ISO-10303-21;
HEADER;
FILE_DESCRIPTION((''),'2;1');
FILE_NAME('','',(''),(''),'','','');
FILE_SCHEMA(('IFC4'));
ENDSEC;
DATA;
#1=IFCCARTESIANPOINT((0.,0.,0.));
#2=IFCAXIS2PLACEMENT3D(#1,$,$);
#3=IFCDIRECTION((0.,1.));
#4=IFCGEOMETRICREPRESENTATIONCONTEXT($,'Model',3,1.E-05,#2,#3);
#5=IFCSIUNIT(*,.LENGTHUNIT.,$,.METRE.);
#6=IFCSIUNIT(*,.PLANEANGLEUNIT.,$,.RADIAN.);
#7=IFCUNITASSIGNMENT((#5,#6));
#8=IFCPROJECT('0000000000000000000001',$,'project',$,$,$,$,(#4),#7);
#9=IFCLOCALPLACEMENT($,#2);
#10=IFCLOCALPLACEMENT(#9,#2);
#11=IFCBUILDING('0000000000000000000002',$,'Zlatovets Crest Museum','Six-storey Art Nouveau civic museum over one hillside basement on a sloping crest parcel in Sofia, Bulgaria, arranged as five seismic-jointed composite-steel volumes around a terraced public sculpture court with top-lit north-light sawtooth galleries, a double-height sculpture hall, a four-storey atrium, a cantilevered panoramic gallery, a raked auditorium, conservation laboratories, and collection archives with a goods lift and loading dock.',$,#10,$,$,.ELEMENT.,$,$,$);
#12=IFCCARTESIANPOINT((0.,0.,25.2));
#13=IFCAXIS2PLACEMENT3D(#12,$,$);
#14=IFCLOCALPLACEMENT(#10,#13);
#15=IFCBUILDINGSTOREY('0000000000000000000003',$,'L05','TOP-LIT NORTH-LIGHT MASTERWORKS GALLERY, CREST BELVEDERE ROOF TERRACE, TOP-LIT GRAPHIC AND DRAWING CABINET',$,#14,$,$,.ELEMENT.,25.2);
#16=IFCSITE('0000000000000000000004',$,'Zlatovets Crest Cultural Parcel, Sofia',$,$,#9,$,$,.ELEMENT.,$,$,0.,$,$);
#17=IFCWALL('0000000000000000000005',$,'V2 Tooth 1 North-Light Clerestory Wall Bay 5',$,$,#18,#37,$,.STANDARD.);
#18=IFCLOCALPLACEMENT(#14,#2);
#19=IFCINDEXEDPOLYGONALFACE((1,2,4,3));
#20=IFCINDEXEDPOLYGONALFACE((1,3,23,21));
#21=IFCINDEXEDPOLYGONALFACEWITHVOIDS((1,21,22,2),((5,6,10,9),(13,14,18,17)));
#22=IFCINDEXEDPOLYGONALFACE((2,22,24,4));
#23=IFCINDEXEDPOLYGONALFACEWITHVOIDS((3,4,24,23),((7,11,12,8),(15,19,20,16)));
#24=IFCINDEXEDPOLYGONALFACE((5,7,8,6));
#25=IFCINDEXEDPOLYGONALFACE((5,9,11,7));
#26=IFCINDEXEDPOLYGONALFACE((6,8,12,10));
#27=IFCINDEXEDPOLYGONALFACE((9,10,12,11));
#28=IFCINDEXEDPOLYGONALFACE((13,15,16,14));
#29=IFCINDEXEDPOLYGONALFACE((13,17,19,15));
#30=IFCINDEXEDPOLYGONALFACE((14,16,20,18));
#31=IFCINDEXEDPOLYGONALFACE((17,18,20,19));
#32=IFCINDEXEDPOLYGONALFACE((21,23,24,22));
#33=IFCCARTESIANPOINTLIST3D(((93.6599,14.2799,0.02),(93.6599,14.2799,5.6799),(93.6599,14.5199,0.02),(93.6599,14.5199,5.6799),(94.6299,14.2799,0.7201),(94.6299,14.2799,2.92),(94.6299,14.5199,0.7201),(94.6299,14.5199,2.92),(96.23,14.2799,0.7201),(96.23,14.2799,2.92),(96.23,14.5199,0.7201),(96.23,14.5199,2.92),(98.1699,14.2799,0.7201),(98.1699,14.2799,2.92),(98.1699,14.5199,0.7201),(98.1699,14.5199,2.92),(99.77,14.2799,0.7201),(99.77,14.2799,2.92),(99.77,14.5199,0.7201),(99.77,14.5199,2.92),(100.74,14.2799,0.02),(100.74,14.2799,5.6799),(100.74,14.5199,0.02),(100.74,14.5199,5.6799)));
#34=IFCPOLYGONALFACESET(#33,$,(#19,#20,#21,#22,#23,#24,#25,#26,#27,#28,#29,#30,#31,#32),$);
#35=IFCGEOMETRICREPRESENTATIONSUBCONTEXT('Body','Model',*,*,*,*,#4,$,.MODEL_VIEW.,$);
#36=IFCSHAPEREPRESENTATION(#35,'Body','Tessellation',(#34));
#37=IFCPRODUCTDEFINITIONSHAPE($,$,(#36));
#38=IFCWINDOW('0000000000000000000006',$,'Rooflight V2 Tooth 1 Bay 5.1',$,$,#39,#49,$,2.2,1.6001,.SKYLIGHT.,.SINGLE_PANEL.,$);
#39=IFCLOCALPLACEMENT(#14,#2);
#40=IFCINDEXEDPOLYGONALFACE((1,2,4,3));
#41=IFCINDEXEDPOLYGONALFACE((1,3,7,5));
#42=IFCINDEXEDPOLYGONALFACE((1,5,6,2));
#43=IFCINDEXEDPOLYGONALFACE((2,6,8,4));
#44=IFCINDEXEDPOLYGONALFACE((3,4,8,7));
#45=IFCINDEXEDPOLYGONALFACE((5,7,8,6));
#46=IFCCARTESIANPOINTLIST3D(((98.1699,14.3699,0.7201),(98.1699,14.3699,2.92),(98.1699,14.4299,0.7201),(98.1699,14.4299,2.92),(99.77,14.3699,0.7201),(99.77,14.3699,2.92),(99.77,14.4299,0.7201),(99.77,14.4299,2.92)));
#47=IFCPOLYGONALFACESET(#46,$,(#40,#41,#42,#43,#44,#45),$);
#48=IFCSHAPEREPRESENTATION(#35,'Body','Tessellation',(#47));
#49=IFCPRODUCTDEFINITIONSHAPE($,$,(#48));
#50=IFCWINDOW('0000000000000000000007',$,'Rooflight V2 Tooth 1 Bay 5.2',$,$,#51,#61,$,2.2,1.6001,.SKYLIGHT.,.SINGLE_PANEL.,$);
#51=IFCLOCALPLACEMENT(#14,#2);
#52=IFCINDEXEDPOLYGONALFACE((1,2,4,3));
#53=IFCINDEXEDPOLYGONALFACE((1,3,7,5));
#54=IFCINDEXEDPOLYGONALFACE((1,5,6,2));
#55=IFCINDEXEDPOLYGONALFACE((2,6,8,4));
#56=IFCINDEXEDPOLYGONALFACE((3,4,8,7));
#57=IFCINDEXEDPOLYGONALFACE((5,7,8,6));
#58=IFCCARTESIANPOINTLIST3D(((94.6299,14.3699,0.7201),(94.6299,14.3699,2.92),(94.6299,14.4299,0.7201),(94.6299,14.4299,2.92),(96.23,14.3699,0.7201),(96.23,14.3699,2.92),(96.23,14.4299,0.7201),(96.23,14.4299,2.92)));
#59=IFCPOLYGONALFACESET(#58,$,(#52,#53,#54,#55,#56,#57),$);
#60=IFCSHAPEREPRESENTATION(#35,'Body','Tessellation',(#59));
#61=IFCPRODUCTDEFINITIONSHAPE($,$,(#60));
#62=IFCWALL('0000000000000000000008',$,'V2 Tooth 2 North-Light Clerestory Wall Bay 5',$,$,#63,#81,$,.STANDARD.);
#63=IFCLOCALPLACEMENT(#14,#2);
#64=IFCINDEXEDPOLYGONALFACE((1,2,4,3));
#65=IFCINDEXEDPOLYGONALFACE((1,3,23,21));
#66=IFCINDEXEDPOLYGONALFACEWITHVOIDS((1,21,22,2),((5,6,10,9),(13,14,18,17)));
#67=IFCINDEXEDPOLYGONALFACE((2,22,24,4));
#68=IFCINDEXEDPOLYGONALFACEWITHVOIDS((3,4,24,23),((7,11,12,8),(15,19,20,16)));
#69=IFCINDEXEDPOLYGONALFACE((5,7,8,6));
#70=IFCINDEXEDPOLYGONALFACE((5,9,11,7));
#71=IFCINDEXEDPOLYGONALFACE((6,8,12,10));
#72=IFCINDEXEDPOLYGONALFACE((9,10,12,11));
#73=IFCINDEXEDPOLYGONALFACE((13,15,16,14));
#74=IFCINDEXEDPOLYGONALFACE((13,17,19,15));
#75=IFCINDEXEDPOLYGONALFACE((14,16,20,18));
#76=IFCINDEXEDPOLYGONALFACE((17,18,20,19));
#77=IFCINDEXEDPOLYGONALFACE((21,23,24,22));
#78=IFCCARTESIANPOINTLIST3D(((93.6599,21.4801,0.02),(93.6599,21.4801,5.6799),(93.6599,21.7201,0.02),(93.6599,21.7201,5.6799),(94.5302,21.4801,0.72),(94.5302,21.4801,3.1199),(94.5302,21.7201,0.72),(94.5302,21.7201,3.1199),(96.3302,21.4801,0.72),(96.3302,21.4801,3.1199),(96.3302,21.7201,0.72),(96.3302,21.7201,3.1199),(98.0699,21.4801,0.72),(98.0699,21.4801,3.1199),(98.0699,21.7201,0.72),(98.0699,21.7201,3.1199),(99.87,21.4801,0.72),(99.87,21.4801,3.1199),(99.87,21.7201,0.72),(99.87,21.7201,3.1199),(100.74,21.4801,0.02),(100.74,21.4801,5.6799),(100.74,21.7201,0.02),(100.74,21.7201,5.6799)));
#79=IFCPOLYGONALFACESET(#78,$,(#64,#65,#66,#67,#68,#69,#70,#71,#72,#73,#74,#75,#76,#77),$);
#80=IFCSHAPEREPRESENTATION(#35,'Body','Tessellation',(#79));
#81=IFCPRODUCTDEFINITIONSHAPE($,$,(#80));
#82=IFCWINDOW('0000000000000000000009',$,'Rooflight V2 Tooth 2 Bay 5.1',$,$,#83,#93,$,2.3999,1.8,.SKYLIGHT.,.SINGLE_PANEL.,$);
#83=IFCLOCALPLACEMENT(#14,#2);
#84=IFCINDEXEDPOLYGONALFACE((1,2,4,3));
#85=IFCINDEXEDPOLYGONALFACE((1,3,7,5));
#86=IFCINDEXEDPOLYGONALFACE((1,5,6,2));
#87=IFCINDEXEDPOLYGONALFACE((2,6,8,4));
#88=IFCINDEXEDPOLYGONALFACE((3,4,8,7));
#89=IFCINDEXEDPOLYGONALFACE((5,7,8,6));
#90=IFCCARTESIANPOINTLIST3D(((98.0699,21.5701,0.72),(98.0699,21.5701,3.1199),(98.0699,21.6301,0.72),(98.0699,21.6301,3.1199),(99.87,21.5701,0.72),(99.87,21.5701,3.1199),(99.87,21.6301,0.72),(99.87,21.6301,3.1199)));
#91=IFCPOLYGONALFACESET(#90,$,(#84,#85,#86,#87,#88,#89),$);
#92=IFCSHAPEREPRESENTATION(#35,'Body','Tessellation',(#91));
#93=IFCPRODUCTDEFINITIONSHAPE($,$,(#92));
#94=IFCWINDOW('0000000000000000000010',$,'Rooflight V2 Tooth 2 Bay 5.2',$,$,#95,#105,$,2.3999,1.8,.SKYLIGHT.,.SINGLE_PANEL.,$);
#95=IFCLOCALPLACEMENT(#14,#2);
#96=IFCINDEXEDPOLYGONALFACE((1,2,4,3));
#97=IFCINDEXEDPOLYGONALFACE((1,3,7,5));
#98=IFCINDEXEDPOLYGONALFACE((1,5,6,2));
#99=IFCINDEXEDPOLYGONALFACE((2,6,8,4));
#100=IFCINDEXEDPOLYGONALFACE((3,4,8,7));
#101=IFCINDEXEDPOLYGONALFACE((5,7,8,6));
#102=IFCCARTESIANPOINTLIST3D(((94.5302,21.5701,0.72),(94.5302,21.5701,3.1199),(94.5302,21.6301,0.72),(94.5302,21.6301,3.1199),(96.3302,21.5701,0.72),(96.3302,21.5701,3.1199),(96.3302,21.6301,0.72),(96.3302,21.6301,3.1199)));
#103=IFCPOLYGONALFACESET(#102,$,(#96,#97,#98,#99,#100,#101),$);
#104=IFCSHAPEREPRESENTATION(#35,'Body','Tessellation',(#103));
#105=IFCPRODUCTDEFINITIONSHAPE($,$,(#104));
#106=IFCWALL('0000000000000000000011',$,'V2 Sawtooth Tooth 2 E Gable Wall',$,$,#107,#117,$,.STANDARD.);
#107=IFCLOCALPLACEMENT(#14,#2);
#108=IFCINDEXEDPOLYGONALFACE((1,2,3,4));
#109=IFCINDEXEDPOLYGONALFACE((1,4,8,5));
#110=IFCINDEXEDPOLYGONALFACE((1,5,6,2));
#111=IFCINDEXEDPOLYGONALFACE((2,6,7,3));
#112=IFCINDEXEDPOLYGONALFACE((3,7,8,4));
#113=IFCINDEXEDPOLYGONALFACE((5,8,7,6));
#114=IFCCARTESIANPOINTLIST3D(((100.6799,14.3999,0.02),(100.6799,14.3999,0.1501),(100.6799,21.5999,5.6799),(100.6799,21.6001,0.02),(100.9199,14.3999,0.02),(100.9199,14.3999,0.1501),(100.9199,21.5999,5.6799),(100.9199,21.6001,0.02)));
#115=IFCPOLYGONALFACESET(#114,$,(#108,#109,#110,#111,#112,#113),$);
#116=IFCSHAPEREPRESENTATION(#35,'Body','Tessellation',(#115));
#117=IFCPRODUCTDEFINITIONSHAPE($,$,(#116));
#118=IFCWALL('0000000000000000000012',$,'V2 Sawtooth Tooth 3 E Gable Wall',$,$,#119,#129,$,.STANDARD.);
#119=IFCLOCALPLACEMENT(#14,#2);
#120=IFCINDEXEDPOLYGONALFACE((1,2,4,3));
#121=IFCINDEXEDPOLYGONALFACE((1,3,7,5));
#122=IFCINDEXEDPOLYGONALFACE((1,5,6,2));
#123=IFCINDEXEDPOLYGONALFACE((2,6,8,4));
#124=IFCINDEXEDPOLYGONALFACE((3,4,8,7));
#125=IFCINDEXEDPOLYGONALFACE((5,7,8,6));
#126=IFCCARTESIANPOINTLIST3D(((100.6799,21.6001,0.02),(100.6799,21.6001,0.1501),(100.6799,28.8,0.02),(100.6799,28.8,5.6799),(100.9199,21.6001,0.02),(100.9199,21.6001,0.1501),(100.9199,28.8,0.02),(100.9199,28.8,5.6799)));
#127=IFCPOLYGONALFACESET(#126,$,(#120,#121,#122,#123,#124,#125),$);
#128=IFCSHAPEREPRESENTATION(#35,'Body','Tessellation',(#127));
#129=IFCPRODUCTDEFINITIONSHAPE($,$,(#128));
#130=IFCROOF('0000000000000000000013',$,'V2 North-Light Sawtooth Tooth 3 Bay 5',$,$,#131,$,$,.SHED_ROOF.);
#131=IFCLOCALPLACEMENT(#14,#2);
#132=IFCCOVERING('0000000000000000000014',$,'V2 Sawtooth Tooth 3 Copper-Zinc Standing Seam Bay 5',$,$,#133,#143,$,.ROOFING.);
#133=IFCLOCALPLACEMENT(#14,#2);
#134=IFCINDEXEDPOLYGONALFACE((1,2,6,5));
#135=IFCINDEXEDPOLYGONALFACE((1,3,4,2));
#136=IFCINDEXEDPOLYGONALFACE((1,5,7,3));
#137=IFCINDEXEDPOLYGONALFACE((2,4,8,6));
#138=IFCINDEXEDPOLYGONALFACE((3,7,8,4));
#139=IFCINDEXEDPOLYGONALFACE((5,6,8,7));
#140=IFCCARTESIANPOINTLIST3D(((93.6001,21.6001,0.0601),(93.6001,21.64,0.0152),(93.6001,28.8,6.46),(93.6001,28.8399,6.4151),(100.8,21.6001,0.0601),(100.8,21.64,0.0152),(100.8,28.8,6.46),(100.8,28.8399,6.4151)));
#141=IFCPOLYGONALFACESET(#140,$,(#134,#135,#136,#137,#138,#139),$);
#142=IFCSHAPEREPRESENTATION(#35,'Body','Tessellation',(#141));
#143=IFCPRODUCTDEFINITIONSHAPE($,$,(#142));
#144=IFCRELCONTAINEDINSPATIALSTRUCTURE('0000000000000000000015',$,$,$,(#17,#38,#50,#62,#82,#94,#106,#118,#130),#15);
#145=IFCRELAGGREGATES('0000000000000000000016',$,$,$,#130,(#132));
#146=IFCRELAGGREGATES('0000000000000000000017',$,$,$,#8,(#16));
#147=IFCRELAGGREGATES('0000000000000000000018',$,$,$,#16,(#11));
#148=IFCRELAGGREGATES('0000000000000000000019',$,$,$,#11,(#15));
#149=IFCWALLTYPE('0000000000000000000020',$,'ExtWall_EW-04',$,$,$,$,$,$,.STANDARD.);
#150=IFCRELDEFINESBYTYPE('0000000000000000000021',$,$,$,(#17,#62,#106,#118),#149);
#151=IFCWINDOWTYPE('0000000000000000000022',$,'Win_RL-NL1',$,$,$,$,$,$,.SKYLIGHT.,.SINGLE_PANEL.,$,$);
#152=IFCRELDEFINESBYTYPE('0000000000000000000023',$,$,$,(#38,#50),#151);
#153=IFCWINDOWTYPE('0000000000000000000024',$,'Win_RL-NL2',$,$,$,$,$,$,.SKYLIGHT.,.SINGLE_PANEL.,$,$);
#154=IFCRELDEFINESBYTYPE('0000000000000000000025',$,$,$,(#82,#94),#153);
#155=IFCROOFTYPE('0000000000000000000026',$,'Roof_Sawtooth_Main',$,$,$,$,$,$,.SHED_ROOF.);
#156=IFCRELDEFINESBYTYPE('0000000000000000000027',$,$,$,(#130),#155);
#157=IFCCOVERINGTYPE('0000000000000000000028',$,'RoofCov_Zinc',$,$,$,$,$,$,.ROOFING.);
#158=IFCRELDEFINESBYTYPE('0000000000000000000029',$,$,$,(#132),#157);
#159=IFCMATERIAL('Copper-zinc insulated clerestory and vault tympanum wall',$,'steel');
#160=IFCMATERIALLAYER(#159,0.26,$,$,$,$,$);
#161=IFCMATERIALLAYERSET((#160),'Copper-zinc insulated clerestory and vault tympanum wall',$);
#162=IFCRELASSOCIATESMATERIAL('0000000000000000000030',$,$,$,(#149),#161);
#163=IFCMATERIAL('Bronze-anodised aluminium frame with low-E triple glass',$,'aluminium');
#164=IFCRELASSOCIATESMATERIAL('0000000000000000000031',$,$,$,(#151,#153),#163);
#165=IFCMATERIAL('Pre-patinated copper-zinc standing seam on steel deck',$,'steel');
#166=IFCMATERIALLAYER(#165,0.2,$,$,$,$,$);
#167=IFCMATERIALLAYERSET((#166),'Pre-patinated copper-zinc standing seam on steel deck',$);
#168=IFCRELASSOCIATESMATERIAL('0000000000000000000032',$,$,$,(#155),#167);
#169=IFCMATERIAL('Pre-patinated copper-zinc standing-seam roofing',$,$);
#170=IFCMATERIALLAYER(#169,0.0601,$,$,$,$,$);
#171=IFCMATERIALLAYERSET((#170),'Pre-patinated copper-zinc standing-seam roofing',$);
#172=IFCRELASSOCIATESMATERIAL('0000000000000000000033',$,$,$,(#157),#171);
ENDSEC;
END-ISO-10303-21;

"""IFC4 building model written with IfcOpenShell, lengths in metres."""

from ifc_helpers import new_model, si_unit, direction, frame, frame_2d, origin, place, context, subcontext, project, spatial, polyline, rectangle, outline, extrude, material, layer, layer_set, type_object, element, fill, aggregate, save


model = new_model("IFC4")

# Units and contexts
model_context = context("Model", 3, precision=1e-05, world=origin(), true_north=direction((0.0, 1.0)))
body_context = subcontext(model_context, "Body", "Model", "MODEL_VIEW")
ifc_project = project(units=[si_unit("LENGTHUNIT", "METRE"), si_unit("PLANEANGLEUNIT", "RADIAN")], contexts=[model_context])

# Site, building, storey
site_placement = place(None, origin())
site = spatial("IfcSite", under=ifc_project, at=site_placement, Name="Zlatovets Crest Cultural Parcel, Sofia", CompositionType="ELEMENT", RefElevation=0.0)
building_placement = place(site_placement, origin())
building = spatial("IfcBuilding", under=site, at=building_placement, Name="Zlatovets Crest Museum", Description="Six-storey Art Nouveau civic museum over one hillside basement on a sloping crest parcel in Sofia, Bulgaria, arranged as five seismic-jointed composite-steel volumes around a terraced public sculpture court with top-lit north-light sawtooth galleries, a double-height sculpture hall, a four-storey atrium, a cantilevered panoramic gallery, a raked auditorium, conservation laboratories, and collection archives with a goods lift and loading dock.", CompositionType="ELEMENT")
storey_placement = place(building_placement, frame((0.0, 0.0, 25.2)))
storey = spatial("IfcBuildingStorey", under=building, at=storey_placement, Name="L05", Description="TOP-LIT NORTH-LIGHT MASTERWORKS GALLERY, CREST BELVEDERE ROOF TERRACE, TOP-LIT GRAPHIC AND DRAWING CABINET", CompositionType="ELEMENT", Elevation=25.2)

# Walls, openings, windows
ifc_material_1 = material(Name="Copper-zinc insulated clerestory and vault tympanum wall", Category="steel")
ifc_layer_1 = layer(ifc_material_1, 0.26)
ifc_layer_set_1 = layer_set([ifc_layer_1], Name="Copper-zinc insulated clerestory and vault tympanum wall")
wall_type = type_object("IfcWallType", Name="ExtWall_EW-04", PredefinedType="STANDARD", material=ifc_layer_set_1)
wall_1_placement = place(storey_placement, frame((100.74, 14.3999, 0.02), z_axis=(0.0, 0.0, 1.0), x_axis=(-1.0, 0.0, 0.0)))
wall_1 = element("IfcWall", 1, at=wall_1_placement, inside=storey, type_object=wall_type, Name="V2 Tooth 1 North-Light Clerestory Wall Bay 5", PredefinedType="STANDARD", context=body_context, shape_type="SweptSolid", body=[
    extrude(rectangle(XDim=7.0801, YDim=0.24, at=frame_2d((3.54, 0.0))), origin(), (0.0, 0.0, 1.0), 5.6599),
])
opening_1_placement = place(wall_1_placement, frame((0.97, 0.0, 0.7)))
opening_1 = element("IfcOpeningElement", 2, at=opening_1_placement, cuts=wall_1, PredefinedType="OPENING", context=body_context, shape_type="SweptSolid", body=[
    extrude(rectangle(XDim=1.6001, YDim=2.2, at=frame_2d((0.8, 1.1001))), frame((0.0, 0.1299, 0.0), z_axis=(0.0, -1.0, 0.0), x_axis=(1.0, 0.0, 0.0)), (0.0, 0.0, 1.0), 0.26),
])
opening_2_placement = place(wall_1_placement, frame((4.51, 0.0, 0.7)))
opening_2 = element("IfcOpeningElement", 3, at=opening_2_placement, cuts=wall_1, PredefinedType="OPENING", context=body_context, shape_type="SweptSolid", body=[
    extrude(rectangle(XDim=1.6001, YDim=2.2, at=frame_2d((0.8, 1.1001))), frame((0.0, 0.1299, 0.0), z_axis=(0.0, -1.0, 0.0), x_axis=(1.0, 0.0, 0.0)), (0.0, 0.0, 1.0), 0.26),
])
ifc_material_2 = material(Name="Bronze-anodised aluminium frame with low-E triple glass", Category="aluminium")
window_type_1 = type_object("IfcWindowType", Name="Win_RL-NL1", PartitioningType="SINGLE_PANEL", PredefinedType="SKYLIGHT", material=ifc_material_2)
window_1_placement = place(opening_1_placement, origin())
window_1 = element("IfcWindow", 4, at=window_1_placement, inside=storey, type_object=window_type_1, Name="Rooflight V2 Tooth 1 Bay 5.1", OverallHeight=2.2, OverallWidth=1.6001, PartitioningType="SINGLE_PANEL", PredefinedType="SKYLIGHT", context=body_context, shape_type="SweptSolid", body=[
    extrude(rectangle(XDim=1.6001, YDim=2.2, at=frame_2d((0.8, 1.1001))), frame((0.0, 0.03, 0.0), z_axis=(0.0, -1.0, 0.0), x_axis=(1.0, 0.0, 0.0)), (0.0, 0.0, 1.0), 0.0601),
])
fill(opening_1, window_1)
window_2_placement = place(opening_2_placement, origin())
window_2 = element("IfcWindow", 5, at=window_2_placement, inside=storey, type_object=window_type_1, Name="Rooflight V2 Tooth 1 Bay 5.2", OverallHeight=2.2, OverallWidth=1.6001, PartitioningType="SINGLE_PANEL", PredefinedType="SKYLIGHT", context=body_context, shape_type="SweptSolid", body=[
    extrude(rectangle(XDim=1.6001, YDim=2.2, at=frame_2d((0.8, 1.1001))), frame((0.0, 0.03, 0.0), z_axis=(0.0, -1.0, 0.0), x_axis=(1.0, 0.0, 0.0)), (0.0, 0.0, 1.0), 0.0601),
])
fill(opening_2, window_2)
wall_2_placement = place(storey_placement, frame((100.74, 21.6001, 0.02), z_axis=(0.0, 0.0, 1.0), x_axis=(-1.0, 0.0, 0.0)))
wall_2 = element("IfcWall", 6, at=wall_2_placement, inside=storey, type_object=wall_type, Name="V2 Tooth 2 North-Light Clerestory Wall Bay 5", PredefinedType="STANDARD", context=body_context, shape_type="SweptSolid", body=[
    extrude(rectangle(XDim=7.0801, YDim=0.24, at=frame_2d((3.54, 0.0))), origin(), (0.0, 0.0, 1.0), 5.6599),
])
opening_3_placement = place(wall_2_placement, frame((0.8701, 0.0, 0.7)))
opening_3 = element("IfcOpeningElement", 7, at=opening_3_placement, cuts=wall_2, PredefinedType="OPENING", context=body_context, shape_type="SweptSolid", body=[
    extrude(rectangle(XDim=1.8, YDim=2.3999, at=frame_2d((0.8999, 1.2))), frame((0.0, 0.1299, 0.0), z_axis=(0.0, -1.0, 0.0), x_axis=(1.0, 0.0, 0.0)), (0.0, 0.0, 1.0), 0.26),
])
opening_4_placement = place(wall_2_placement, frame((4.4099, 0.0, 0.7)))
opening_4 = element("IfcOpeningElement", 8, at=opening_4_placement, cuts=wall_2, PredefinedType="OPENING", context=body_context, shape_type="SweptSolid", body=[
    extrude(rectangle(XDim=1.8, YDim=2.3999, at=frame_2d((0.8999, 1.2))), frame((0.0, 0.1299, 0.0), z_axis=(0.0, -1.0, 0.0), x_axis=(1.0, 0.0, 0.0)), (0.0, 0.0, 1.0), 0.26),
])
window_type_2 = type_object("IfcWindowType", Name="Win_RL-NL2", PartitioningType="SINGLE_PANEL", PredefinedType="SKYLIGHT", material=ifc_material_2)
window_3_placement = place(opening_3_placement, origin())
window_3 = element("IfcWindow", 9, at=window_3_placement, inside=storey, type_object=window_type_2, Name="Rooflight V2 Tooth 2 Bay 5.1", OverallHeight=2.3999, OverallWidth=1.8, PartitioningType="SINGLE_PANEL", PredefinedType="SKYLIGHT", context=body_context, shape_type="SweptSolid", body=[
    extrude(rectangle(XDim=1.8, YDim=2.3999, at=frame_2d((0.8999, 1.2))), frame((0.0, 0.03, 0.0), z_axis=(0.0, -1.0, 0.0), x_axis=(1.0, 0.0, 0.0)), (0.0, 0.0, 1.0), 0.0601),
])
fill(opening_3, window_3)
window_4_placement = place(opening_4_placement, origin())
window_4 = element("IfcWindow", 10, at=window_4_placement, inside=storey, type_object=window_type_2, Name="Rooflight V2 Tooth 2 Bay 5.2", OverallHeight=2.3999, OverallWidth=1.8, PartitioningType="SINGLE_PANEL", PredefinedType="SKYLIGHT", context=body_context, shape_type="SweptSolid", body=[
    extrude(rectangle(XDim=1.8, YDim=2.3999, at=frame_2d((0.8999, 1.2))), frame((0.0, 0.03, 0.0), z_axis=(0.0, -1.0, 0.0), x_axis=(1.0, 0.0, 0.0)), (0.0, 0.0, 1.0), 0.0601),
])
fill(opening_4, window_4)

# Walls
wall_3_placement = place(storey_placement, frame((100.8, 14.3999, 0.02), z_axis=(0.0, 0.0, 1.0), x_axis=(0.0, 1.0, 0.0)))
element("IfcWall", 11, at=wall_3_placement, inside=storey, type_object=wall_type, Name="V2 Sawtooth Tooth 2 E Gable Wall", PredefinedType="STANDARD", context=body_context, shape_type="SweptSolid", body=[
    extrude(outline(polyline([(0.0, 0.0), (7.2002, 0.0), (7.2, 5.6599), (0.0, 0.1301), (0.0, 0.0)])), frame((0.0, 0.1201, 0.0), z_axis=(0.0, -1.0, 0.0), x_axis=(1.0, 0.0, 0.0)), (0.0, 0.0, 1.0), 0.24),
])
wall_4_placement = place(storey_placement, frame((100.8, 21.6001, 0.02), z_axis=(0.0, 0.0, 1.0), x_axis=(0.0, 1.0, 0.0)))
element("IfcWall", 12, at=wall_4_placement, inside=storey, type_object=wall_type, Name="V2 Sawtooth Tooth 3 E Gable Wall", PredefinedType="STANDARD", context=body_context, shape_type="SweptSolid", body=[
    extrude(outline(polyline([(0.0, 0.0), (7.2, 0.0), (7.2, 5.6599), (0.0, 0.1301), (0.0, 0.0)])), frame((0.0, 0.1201, 0.0), z_axis=(0.0, -1.0, 0.0), x_axis=(1.0, 0.0, 0.0)), (0.0, 0.0, 1.0), 0.24),
])

# Roof, covering
ifc_material_3 = material(Name="Pre-patinated copper-zinc standing seam on steel deck", Category="steel")
ifc_layer_2 = layer(ifc_material_3, 0.2)
ifc_layer_set_2 = layer_set([ifc_layer_2], Name="Pre-patinated copper-zinc standing seam on steel deck")
roof_type = type_object("IfcRoofType", Name="Roof_Sawtooth_Main", PredefinedType="SHED_ROOF", material=ifc_layer_set_2)
roof_placement = place(storey_placement, origin())
roof = element("IfcRoof", 13, at=roof_placement, inside=storey, type_object=roof_type, Name="V2 North-Light Sawtooth Tooth 3 Bay 5", PredefinedType="SHED_ROOF")
ifc_material_4 = material(Name="Pre-patinated copper-zinc standing-seam roofing")
ifc_layer_3 = layer(ifc_material_4, 0.0601)
ifc_layer_set_3 = layer_set([ifc_layer_3], Name="Pre-patinated copper-zinc standing-seam roofing")
covering_type = type_object("IfcCoveringType", Name="RoofCov_Zinc", PredefinedType="ROOFING", material=ifc_layer_set_3)
covering_placement = place(storey_placement, frame((93.6001, 21.6001, 0.0601), z_axis=(0.0, -0.664361, 0.747412), x_axis=(1.0, 0.0, 0.0)))
covering = element("IfcCovering", 14, at=covering_placement, type_object=covering_type, Name="V2 Sawtooth Tooth 3 Copper-Zinc Standing Seam Bay 5", PredefinedType="ROOFING", context=body_context, shape_type="SweptSolid", body=[
    extrude(outline(polyline([(0.0, 0.0), (7.2, 0.0), (7.2, 9.6332), (0.0, 9.6332), (0.0, 0.0)])), origin(), (0.0, 0.0, -1.0), 0.0601),
])
aggregate(roof, [covering])

save(model, "model.ifc")
